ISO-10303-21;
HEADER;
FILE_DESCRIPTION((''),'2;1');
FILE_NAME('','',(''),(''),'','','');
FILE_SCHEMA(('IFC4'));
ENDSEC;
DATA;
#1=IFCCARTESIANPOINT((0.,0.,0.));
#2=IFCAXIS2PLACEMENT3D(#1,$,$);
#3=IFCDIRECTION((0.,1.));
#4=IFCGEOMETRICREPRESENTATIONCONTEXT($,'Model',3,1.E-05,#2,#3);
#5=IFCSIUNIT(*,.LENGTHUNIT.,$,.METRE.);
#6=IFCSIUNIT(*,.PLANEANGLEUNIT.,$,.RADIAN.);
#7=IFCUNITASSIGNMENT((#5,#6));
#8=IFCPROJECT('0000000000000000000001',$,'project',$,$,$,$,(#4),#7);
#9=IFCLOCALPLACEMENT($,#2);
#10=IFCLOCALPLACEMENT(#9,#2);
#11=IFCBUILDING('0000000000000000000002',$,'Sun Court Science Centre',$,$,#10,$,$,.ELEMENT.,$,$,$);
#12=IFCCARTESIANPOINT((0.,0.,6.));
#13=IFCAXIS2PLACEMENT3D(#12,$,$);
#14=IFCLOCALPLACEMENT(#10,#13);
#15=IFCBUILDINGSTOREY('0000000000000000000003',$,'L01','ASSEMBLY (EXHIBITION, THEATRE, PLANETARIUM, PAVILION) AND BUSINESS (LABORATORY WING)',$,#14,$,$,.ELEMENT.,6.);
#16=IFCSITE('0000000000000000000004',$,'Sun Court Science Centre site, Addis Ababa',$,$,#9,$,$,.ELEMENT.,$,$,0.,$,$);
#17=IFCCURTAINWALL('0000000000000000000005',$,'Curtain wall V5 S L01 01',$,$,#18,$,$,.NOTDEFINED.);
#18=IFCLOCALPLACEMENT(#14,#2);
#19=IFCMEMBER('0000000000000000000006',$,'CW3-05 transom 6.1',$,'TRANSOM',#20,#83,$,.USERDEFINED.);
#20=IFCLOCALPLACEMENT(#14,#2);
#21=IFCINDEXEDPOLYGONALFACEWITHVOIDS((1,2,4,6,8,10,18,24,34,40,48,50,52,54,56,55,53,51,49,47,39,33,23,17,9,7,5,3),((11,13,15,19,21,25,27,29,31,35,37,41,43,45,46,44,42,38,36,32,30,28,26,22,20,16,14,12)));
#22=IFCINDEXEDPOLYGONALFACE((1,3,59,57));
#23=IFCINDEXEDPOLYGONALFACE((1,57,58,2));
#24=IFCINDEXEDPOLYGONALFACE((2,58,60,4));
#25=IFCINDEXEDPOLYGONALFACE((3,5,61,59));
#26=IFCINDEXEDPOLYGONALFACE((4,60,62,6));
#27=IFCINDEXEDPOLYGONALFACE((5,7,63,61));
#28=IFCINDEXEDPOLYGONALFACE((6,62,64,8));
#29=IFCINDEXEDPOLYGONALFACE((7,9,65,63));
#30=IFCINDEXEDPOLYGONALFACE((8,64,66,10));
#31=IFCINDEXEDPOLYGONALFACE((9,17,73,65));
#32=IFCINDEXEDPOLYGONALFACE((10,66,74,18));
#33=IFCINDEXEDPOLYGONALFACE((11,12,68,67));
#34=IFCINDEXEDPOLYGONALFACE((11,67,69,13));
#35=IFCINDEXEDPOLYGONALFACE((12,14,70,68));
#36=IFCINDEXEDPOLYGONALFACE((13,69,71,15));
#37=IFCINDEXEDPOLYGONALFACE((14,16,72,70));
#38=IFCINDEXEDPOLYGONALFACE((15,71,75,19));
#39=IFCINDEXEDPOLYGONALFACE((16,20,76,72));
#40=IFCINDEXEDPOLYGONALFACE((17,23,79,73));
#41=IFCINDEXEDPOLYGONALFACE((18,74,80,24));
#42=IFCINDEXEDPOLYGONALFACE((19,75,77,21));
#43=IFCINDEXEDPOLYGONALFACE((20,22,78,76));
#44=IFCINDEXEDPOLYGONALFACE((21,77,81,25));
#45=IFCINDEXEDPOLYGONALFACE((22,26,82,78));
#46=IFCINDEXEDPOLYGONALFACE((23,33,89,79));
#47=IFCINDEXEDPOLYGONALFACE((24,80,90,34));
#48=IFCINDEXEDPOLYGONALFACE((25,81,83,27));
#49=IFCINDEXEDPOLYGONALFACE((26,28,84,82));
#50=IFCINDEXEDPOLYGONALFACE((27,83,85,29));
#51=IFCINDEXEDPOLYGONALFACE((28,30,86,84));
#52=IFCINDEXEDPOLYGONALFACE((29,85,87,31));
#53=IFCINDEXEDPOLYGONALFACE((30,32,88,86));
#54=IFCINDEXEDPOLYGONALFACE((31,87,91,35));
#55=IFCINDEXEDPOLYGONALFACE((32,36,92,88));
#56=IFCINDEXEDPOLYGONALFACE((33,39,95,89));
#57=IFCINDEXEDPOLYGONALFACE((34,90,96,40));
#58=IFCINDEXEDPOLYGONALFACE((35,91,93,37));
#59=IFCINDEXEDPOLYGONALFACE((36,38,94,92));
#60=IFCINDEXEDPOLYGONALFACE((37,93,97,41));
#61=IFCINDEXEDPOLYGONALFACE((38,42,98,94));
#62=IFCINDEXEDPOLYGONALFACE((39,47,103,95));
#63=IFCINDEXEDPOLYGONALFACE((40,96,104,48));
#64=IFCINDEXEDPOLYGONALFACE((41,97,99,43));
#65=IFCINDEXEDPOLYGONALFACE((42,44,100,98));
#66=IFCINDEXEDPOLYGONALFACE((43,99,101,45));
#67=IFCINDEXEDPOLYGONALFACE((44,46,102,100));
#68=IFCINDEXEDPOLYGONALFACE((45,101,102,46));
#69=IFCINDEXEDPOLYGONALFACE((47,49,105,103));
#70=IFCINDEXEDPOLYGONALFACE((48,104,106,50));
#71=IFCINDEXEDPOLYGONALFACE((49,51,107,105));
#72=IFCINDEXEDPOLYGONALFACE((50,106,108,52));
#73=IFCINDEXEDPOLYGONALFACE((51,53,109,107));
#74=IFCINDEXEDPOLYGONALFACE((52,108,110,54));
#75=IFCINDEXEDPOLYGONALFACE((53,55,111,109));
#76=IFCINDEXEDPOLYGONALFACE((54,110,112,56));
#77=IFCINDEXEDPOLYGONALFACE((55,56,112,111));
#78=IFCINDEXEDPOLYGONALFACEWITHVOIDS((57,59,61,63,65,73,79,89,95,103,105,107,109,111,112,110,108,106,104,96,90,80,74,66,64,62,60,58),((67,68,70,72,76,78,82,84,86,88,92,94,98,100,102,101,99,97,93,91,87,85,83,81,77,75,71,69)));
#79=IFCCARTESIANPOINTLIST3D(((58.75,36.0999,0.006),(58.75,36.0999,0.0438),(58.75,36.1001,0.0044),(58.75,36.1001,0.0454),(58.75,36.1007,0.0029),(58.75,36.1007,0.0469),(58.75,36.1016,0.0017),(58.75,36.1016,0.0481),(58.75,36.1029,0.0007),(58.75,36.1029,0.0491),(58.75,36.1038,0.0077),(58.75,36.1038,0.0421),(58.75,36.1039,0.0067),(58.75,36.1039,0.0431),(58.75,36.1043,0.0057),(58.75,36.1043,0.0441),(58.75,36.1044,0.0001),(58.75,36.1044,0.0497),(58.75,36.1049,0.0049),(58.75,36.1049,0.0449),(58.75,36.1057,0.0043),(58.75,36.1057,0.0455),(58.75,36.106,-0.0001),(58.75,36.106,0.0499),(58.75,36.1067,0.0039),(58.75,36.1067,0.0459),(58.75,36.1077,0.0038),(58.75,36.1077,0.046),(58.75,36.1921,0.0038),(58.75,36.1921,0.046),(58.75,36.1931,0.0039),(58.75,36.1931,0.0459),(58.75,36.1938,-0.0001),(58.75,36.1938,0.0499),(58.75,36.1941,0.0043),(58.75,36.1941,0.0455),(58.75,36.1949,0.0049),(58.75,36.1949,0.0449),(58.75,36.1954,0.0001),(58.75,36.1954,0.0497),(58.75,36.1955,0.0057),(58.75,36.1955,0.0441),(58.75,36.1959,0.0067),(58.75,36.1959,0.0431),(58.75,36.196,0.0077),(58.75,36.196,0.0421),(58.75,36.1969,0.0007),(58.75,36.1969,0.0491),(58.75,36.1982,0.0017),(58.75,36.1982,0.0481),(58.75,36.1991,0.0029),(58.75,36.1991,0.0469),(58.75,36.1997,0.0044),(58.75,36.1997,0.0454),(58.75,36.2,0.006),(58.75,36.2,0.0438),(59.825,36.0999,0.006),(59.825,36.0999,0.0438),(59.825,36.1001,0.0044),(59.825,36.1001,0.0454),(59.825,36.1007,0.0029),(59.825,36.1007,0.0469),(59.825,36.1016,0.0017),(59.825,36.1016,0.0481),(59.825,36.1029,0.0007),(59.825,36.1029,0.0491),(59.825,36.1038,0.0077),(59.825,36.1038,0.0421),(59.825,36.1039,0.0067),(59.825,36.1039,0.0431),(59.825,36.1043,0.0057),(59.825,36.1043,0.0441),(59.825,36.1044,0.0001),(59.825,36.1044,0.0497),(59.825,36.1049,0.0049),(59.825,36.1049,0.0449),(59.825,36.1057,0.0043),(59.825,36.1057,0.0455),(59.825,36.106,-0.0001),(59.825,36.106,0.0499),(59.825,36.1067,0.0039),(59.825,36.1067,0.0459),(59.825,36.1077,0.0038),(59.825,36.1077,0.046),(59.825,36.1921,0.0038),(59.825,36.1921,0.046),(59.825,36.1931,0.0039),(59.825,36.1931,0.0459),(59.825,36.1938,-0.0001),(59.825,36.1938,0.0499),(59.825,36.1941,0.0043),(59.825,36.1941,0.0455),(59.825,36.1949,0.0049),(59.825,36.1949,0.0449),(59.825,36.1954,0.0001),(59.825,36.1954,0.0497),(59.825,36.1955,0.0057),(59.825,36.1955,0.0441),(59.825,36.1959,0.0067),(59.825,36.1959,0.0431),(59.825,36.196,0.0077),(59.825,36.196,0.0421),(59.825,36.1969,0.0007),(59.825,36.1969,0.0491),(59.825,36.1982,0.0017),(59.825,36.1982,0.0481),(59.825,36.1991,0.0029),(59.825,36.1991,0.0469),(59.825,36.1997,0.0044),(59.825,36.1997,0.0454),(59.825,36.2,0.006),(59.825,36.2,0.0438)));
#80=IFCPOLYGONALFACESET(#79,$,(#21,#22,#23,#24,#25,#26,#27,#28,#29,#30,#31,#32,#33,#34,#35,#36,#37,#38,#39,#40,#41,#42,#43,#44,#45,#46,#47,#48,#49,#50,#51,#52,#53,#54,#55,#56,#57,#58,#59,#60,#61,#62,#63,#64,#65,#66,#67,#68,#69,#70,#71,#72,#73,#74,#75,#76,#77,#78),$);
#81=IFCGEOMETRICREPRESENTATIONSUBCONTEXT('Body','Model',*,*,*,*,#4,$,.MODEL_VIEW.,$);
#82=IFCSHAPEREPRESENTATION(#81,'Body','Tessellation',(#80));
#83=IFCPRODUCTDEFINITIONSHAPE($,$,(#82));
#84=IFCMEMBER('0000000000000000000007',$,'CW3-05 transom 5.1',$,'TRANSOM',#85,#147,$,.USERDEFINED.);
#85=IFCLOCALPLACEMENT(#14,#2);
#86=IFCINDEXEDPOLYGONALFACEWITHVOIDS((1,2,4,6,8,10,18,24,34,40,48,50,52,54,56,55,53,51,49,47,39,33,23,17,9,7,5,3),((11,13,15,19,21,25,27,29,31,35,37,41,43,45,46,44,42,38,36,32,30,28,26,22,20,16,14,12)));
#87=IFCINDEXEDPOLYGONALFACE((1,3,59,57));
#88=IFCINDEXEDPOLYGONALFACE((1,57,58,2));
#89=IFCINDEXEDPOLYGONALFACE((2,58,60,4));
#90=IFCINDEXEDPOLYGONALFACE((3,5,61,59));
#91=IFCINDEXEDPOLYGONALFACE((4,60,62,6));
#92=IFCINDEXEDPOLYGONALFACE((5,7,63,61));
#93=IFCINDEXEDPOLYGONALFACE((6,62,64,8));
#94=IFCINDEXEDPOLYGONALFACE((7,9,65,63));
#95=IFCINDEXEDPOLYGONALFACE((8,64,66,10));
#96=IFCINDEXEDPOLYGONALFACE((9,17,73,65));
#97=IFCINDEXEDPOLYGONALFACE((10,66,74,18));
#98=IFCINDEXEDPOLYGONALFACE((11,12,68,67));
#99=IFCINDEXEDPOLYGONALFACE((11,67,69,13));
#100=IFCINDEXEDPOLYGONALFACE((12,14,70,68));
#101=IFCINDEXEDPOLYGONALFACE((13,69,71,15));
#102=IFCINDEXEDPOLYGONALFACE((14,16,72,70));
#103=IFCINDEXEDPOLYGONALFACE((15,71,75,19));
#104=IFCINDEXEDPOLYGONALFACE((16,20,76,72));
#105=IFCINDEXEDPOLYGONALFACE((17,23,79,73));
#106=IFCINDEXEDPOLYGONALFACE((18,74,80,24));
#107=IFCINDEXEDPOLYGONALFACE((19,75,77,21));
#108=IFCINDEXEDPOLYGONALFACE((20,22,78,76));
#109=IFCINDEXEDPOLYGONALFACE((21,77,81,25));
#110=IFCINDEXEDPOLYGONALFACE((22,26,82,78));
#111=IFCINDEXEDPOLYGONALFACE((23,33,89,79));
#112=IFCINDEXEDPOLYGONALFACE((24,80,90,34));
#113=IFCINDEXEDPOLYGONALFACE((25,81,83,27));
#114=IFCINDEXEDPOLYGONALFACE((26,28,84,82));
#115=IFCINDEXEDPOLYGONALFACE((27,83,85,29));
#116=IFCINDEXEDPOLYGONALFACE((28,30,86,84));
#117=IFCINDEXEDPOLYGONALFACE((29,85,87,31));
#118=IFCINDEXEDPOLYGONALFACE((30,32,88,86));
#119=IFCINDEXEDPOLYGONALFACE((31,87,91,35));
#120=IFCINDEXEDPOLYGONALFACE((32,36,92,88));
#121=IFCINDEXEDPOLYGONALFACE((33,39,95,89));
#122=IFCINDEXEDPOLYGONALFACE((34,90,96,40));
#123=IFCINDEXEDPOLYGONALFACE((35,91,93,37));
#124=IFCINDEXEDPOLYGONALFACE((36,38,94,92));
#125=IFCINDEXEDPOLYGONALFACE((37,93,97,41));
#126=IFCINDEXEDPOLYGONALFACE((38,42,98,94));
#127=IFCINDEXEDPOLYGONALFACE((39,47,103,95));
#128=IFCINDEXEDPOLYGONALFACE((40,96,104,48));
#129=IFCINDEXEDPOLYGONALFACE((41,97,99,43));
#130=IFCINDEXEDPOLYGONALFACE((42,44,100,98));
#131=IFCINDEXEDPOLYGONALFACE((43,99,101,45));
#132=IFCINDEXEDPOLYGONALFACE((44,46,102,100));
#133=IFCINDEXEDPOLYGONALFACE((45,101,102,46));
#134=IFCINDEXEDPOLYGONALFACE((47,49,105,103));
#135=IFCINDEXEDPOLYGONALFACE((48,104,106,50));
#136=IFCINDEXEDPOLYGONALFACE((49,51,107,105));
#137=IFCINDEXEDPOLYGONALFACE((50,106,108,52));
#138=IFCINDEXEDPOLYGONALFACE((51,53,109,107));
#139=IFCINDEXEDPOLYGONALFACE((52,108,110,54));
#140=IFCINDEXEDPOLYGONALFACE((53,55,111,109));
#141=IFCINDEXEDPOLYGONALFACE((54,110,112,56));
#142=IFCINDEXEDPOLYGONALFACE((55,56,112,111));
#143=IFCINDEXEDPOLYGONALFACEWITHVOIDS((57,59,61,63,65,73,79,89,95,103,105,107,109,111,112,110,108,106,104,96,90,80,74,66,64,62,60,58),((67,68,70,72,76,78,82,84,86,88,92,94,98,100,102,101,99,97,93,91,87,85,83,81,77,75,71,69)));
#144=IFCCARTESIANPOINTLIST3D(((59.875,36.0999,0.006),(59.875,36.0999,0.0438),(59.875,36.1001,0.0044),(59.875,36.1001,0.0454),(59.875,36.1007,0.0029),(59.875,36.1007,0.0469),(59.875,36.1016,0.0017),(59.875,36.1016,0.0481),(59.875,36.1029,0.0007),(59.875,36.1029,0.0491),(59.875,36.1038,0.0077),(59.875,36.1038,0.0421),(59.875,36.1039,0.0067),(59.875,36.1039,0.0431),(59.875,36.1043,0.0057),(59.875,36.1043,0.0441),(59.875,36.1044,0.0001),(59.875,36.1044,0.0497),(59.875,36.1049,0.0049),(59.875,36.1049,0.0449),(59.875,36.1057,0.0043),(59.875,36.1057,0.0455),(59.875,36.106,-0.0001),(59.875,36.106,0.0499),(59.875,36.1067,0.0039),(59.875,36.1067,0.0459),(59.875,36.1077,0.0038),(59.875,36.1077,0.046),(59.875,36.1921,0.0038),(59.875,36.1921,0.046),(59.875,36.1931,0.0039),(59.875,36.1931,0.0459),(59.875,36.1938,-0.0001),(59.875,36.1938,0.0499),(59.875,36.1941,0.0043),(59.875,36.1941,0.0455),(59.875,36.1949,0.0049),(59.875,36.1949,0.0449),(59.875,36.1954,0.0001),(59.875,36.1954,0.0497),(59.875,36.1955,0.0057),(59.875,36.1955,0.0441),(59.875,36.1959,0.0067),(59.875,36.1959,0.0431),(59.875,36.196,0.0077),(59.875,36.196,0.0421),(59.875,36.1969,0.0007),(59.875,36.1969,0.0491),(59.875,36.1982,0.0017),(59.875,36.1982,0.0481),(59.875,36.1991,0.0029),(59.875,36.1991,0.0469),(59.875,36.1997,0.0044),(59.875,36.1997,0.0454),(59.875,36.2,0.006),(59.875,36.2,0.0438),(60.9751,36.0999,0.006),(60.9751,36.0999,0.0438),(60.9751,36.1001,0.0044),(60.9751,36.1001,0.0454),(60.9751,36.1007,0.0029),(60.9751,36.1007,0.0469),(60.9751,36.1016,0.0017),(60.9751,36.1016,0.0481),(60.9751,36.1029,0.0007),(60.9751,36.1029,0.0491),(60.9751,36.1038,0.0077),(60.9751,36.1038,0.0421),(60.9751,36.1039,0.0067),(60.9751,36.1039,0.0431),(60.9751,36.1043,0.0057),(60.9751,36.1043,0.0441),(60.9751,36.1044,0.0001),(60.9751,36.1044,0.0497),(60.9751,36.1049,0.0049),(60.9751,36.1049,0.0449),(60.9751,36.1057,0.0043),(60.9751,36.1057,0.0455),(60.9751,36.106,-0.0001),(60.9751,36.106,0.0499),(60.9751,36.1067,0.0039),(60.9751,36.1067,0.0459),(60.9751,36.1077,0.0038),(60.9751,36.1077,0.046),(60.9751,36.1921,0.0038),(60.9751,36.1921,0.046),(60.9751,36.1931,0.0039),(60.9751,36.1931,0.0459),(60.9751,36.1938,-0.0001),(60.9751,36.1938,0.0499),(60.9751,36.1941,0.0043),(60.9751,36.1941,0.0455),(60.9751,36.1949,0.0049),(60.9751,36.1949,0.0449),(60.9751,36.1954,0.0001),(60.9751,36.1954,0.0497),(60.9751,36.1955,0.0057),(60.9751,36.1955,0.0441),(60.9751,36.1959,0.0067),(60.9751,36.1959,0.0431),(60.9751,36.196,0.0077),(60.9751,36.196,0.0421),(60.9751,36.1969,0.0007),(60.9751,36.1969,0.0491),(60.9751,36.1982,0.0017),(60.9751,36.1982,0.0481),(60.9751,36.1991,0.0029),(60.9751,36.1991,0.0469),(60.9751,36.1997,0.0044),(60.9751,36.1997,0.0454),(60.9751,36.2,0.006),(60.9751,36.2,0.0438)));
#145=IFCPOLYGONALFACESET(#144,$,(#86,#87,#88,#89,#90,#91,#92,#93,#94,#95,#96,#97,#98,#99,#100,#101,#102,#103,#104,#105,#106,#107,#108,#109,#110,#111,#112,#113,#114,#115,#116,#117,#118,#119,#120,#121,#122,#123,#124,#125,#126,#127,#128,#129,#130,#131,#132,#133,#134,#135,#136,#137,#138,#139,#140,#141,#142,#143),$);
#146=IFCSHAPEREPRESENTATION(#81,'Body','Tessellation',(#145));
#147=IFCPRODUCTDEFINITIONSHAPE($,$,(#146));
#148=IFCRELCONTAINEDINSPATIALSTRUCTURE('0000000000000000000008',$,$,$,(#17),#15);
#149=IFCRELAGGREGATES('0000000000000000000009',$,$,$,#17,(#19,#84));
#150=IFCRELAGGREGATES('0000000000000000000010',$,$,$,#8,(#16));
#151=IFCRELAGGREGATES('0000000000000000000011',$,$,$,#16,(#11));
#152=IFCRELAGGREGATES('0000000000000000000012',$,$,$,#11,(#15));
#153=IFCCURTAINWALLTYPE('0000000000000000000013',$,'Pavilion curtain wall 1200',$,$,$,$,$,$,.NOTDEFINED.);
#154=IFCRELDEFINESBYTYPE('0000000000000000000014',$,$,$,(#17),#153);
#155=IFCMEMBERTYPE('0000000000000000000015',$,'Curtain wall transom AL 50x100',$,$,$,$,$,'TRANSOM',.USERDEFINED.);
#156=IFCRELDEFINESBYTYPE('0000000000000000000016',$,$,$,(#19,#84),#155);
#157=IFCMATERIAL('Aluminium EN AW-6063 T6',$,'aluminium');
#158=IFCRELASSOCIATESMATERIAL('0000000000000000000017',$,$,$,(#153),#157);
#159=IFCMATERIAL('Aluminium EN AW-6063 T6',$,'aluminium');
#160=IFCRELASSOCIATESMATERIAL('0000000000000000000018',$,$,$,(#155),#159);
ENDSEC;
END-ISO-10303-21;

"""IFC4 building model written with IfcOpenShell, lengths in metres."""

from ifc_helpers import new_model, si_unit, direction, frame, origin, origin_2d, place, context, subcontext, project, spatial, hollow_rectangle, extrude, material, material_profile, profile_set, type_object, element, aggregate, save


model = new_model("IFC4")

# Units and contexts
model_context = context("Model", 3, precision=1e-05, world=origin(), true_north=direction((0.0, 1.0)))
body_context = subcontext(model_context, "Body", "Model", "MODEL_VIEW")
ifc_project = project(units=[si_unit("LENGTHUNIT", "METRE"), si_unit("PLANEANGLEUNIT", "RADIAN")], contexts=[model_context])

# Site, building, storey
site_placement = place(None, origin())
site = spatial("IfcSite", under=ifc_project, at=site_placement, Name="Sun Court Science Centre site, Addis Ababa", CompositionType="ELEMENT", RefElevation=0.0)
building_placement = place(site_placement, origin())
building = spatial("IfcBuilding", under=site, at=building_placement, Name="Sun Court Science Centre", CompositionType="ELEMENT")
storey_placement = place(building_placement, frame((0.0, 0.0, 6.0)))
storey = spatial("IfcBuildingStorey", under=building, at=storey_placement, Name="L01", Description="ASSEMBLY (EXHIBITION, THEATRE, PLANETARIUM, PAVILION) AND BUSINESS (LABORATORY WING)", CompositionType="ELEMENT", Elevation=6.0)

# Curtain wall
ifc_material_1 = material(Name="Aluminium EN AW-6063 T6", Category="aluminium")
curtain_wall_type = type_object("IfcCurtainWallType", Name="Pavilion curtain wall 1200", PredefinedType="NOTDEFINED", material=ifc_material_1)
curtain_wall_1_placement = place(storey_placement, origin())
curtain_wall_1 = element("IfcCurtainWall", 1, at=curtain_wall_1_placement, inside=storey, type_object=curtain_wall_type, Name="Curtain wall V5 S L01 01", PredefinedType="NOTDEFINED")

# Members
ifc_material_2 = material(Name="Aluminium EN AW-6063 T6", Category="aluminium")
ifc_material_profile_1 = material_profile(ifc_material_2, hollow_rectangle(XDim=0.05, YDim=0.1001, WallThickness=0.0039, InnerFilletRadius=0.0039, OuterFilletRadius=0.0061, at=origin_2d()), Name="AL 50x100x4")
ifc_profile_set_1 = profile_set([ifc_material_profile_1], Name="Aluminium EN AW-6063 T6")
member_type_1 = type_object("IfcMemberType", Name="Curtain wall transom AL 50x100", ElementType="TRANSOM", PredefinedType="USERDEFINED", material=ifc_profile_set_1)
member_1_placement = place(storey_placement, frame((59.825, 36.1499, 0.0249), z_axis=(-1.0, 0.0, 0.0), x_axis=(0.0, 0.0, 1.0)))
member_1 = element("IfcMember", 2, at=member_1_placement, type_object=member_type_1, Name="CW3-05 transom 6.1", ObjectType="TRANSOM", PredefinedType="USERDEFINED", context=body_context, shape_type="SweptSolid", body=[
    extrude(hollow_rectangle(XDim=0.05, YDim=0.1001, WallThickness=0.0039, InnerFilletRadius=0.0039, OuterFilletRadius=0.0061, at=origin_2d()), origin(), (0.0, 0.0, 1.0), 1.075),
])
member_2_placement = place(storey_placement, frame((60.9751, 36.1499, 0.0249), z_axis=(-1.0, 0.0, 0.0), x_axis=(0.0, 0.0, 1.0)))
member_2 = element("IfcMember", 3, at=member_2_placement, type_object=member_type_1, Name="CW3-05 transom 5.1", ObjectType="TRANSOM", PredefinedType="USERDEFINED", context=body_context, shape_type="SweptSolid", body=[
    extrude(hollow_rectangle(XDim=0.05, YDim=0.1001, WallThickness=0.0039, InnerFilletRadius=0.0039, OuterFilletRadius=0.0061, at=origin_2d()), origin(), (0.0, 0.0, 1.0), 1.1001),
])

aggregate(curtain_wall_1, [member_1, member_2])

save(model, "model.ifc")
